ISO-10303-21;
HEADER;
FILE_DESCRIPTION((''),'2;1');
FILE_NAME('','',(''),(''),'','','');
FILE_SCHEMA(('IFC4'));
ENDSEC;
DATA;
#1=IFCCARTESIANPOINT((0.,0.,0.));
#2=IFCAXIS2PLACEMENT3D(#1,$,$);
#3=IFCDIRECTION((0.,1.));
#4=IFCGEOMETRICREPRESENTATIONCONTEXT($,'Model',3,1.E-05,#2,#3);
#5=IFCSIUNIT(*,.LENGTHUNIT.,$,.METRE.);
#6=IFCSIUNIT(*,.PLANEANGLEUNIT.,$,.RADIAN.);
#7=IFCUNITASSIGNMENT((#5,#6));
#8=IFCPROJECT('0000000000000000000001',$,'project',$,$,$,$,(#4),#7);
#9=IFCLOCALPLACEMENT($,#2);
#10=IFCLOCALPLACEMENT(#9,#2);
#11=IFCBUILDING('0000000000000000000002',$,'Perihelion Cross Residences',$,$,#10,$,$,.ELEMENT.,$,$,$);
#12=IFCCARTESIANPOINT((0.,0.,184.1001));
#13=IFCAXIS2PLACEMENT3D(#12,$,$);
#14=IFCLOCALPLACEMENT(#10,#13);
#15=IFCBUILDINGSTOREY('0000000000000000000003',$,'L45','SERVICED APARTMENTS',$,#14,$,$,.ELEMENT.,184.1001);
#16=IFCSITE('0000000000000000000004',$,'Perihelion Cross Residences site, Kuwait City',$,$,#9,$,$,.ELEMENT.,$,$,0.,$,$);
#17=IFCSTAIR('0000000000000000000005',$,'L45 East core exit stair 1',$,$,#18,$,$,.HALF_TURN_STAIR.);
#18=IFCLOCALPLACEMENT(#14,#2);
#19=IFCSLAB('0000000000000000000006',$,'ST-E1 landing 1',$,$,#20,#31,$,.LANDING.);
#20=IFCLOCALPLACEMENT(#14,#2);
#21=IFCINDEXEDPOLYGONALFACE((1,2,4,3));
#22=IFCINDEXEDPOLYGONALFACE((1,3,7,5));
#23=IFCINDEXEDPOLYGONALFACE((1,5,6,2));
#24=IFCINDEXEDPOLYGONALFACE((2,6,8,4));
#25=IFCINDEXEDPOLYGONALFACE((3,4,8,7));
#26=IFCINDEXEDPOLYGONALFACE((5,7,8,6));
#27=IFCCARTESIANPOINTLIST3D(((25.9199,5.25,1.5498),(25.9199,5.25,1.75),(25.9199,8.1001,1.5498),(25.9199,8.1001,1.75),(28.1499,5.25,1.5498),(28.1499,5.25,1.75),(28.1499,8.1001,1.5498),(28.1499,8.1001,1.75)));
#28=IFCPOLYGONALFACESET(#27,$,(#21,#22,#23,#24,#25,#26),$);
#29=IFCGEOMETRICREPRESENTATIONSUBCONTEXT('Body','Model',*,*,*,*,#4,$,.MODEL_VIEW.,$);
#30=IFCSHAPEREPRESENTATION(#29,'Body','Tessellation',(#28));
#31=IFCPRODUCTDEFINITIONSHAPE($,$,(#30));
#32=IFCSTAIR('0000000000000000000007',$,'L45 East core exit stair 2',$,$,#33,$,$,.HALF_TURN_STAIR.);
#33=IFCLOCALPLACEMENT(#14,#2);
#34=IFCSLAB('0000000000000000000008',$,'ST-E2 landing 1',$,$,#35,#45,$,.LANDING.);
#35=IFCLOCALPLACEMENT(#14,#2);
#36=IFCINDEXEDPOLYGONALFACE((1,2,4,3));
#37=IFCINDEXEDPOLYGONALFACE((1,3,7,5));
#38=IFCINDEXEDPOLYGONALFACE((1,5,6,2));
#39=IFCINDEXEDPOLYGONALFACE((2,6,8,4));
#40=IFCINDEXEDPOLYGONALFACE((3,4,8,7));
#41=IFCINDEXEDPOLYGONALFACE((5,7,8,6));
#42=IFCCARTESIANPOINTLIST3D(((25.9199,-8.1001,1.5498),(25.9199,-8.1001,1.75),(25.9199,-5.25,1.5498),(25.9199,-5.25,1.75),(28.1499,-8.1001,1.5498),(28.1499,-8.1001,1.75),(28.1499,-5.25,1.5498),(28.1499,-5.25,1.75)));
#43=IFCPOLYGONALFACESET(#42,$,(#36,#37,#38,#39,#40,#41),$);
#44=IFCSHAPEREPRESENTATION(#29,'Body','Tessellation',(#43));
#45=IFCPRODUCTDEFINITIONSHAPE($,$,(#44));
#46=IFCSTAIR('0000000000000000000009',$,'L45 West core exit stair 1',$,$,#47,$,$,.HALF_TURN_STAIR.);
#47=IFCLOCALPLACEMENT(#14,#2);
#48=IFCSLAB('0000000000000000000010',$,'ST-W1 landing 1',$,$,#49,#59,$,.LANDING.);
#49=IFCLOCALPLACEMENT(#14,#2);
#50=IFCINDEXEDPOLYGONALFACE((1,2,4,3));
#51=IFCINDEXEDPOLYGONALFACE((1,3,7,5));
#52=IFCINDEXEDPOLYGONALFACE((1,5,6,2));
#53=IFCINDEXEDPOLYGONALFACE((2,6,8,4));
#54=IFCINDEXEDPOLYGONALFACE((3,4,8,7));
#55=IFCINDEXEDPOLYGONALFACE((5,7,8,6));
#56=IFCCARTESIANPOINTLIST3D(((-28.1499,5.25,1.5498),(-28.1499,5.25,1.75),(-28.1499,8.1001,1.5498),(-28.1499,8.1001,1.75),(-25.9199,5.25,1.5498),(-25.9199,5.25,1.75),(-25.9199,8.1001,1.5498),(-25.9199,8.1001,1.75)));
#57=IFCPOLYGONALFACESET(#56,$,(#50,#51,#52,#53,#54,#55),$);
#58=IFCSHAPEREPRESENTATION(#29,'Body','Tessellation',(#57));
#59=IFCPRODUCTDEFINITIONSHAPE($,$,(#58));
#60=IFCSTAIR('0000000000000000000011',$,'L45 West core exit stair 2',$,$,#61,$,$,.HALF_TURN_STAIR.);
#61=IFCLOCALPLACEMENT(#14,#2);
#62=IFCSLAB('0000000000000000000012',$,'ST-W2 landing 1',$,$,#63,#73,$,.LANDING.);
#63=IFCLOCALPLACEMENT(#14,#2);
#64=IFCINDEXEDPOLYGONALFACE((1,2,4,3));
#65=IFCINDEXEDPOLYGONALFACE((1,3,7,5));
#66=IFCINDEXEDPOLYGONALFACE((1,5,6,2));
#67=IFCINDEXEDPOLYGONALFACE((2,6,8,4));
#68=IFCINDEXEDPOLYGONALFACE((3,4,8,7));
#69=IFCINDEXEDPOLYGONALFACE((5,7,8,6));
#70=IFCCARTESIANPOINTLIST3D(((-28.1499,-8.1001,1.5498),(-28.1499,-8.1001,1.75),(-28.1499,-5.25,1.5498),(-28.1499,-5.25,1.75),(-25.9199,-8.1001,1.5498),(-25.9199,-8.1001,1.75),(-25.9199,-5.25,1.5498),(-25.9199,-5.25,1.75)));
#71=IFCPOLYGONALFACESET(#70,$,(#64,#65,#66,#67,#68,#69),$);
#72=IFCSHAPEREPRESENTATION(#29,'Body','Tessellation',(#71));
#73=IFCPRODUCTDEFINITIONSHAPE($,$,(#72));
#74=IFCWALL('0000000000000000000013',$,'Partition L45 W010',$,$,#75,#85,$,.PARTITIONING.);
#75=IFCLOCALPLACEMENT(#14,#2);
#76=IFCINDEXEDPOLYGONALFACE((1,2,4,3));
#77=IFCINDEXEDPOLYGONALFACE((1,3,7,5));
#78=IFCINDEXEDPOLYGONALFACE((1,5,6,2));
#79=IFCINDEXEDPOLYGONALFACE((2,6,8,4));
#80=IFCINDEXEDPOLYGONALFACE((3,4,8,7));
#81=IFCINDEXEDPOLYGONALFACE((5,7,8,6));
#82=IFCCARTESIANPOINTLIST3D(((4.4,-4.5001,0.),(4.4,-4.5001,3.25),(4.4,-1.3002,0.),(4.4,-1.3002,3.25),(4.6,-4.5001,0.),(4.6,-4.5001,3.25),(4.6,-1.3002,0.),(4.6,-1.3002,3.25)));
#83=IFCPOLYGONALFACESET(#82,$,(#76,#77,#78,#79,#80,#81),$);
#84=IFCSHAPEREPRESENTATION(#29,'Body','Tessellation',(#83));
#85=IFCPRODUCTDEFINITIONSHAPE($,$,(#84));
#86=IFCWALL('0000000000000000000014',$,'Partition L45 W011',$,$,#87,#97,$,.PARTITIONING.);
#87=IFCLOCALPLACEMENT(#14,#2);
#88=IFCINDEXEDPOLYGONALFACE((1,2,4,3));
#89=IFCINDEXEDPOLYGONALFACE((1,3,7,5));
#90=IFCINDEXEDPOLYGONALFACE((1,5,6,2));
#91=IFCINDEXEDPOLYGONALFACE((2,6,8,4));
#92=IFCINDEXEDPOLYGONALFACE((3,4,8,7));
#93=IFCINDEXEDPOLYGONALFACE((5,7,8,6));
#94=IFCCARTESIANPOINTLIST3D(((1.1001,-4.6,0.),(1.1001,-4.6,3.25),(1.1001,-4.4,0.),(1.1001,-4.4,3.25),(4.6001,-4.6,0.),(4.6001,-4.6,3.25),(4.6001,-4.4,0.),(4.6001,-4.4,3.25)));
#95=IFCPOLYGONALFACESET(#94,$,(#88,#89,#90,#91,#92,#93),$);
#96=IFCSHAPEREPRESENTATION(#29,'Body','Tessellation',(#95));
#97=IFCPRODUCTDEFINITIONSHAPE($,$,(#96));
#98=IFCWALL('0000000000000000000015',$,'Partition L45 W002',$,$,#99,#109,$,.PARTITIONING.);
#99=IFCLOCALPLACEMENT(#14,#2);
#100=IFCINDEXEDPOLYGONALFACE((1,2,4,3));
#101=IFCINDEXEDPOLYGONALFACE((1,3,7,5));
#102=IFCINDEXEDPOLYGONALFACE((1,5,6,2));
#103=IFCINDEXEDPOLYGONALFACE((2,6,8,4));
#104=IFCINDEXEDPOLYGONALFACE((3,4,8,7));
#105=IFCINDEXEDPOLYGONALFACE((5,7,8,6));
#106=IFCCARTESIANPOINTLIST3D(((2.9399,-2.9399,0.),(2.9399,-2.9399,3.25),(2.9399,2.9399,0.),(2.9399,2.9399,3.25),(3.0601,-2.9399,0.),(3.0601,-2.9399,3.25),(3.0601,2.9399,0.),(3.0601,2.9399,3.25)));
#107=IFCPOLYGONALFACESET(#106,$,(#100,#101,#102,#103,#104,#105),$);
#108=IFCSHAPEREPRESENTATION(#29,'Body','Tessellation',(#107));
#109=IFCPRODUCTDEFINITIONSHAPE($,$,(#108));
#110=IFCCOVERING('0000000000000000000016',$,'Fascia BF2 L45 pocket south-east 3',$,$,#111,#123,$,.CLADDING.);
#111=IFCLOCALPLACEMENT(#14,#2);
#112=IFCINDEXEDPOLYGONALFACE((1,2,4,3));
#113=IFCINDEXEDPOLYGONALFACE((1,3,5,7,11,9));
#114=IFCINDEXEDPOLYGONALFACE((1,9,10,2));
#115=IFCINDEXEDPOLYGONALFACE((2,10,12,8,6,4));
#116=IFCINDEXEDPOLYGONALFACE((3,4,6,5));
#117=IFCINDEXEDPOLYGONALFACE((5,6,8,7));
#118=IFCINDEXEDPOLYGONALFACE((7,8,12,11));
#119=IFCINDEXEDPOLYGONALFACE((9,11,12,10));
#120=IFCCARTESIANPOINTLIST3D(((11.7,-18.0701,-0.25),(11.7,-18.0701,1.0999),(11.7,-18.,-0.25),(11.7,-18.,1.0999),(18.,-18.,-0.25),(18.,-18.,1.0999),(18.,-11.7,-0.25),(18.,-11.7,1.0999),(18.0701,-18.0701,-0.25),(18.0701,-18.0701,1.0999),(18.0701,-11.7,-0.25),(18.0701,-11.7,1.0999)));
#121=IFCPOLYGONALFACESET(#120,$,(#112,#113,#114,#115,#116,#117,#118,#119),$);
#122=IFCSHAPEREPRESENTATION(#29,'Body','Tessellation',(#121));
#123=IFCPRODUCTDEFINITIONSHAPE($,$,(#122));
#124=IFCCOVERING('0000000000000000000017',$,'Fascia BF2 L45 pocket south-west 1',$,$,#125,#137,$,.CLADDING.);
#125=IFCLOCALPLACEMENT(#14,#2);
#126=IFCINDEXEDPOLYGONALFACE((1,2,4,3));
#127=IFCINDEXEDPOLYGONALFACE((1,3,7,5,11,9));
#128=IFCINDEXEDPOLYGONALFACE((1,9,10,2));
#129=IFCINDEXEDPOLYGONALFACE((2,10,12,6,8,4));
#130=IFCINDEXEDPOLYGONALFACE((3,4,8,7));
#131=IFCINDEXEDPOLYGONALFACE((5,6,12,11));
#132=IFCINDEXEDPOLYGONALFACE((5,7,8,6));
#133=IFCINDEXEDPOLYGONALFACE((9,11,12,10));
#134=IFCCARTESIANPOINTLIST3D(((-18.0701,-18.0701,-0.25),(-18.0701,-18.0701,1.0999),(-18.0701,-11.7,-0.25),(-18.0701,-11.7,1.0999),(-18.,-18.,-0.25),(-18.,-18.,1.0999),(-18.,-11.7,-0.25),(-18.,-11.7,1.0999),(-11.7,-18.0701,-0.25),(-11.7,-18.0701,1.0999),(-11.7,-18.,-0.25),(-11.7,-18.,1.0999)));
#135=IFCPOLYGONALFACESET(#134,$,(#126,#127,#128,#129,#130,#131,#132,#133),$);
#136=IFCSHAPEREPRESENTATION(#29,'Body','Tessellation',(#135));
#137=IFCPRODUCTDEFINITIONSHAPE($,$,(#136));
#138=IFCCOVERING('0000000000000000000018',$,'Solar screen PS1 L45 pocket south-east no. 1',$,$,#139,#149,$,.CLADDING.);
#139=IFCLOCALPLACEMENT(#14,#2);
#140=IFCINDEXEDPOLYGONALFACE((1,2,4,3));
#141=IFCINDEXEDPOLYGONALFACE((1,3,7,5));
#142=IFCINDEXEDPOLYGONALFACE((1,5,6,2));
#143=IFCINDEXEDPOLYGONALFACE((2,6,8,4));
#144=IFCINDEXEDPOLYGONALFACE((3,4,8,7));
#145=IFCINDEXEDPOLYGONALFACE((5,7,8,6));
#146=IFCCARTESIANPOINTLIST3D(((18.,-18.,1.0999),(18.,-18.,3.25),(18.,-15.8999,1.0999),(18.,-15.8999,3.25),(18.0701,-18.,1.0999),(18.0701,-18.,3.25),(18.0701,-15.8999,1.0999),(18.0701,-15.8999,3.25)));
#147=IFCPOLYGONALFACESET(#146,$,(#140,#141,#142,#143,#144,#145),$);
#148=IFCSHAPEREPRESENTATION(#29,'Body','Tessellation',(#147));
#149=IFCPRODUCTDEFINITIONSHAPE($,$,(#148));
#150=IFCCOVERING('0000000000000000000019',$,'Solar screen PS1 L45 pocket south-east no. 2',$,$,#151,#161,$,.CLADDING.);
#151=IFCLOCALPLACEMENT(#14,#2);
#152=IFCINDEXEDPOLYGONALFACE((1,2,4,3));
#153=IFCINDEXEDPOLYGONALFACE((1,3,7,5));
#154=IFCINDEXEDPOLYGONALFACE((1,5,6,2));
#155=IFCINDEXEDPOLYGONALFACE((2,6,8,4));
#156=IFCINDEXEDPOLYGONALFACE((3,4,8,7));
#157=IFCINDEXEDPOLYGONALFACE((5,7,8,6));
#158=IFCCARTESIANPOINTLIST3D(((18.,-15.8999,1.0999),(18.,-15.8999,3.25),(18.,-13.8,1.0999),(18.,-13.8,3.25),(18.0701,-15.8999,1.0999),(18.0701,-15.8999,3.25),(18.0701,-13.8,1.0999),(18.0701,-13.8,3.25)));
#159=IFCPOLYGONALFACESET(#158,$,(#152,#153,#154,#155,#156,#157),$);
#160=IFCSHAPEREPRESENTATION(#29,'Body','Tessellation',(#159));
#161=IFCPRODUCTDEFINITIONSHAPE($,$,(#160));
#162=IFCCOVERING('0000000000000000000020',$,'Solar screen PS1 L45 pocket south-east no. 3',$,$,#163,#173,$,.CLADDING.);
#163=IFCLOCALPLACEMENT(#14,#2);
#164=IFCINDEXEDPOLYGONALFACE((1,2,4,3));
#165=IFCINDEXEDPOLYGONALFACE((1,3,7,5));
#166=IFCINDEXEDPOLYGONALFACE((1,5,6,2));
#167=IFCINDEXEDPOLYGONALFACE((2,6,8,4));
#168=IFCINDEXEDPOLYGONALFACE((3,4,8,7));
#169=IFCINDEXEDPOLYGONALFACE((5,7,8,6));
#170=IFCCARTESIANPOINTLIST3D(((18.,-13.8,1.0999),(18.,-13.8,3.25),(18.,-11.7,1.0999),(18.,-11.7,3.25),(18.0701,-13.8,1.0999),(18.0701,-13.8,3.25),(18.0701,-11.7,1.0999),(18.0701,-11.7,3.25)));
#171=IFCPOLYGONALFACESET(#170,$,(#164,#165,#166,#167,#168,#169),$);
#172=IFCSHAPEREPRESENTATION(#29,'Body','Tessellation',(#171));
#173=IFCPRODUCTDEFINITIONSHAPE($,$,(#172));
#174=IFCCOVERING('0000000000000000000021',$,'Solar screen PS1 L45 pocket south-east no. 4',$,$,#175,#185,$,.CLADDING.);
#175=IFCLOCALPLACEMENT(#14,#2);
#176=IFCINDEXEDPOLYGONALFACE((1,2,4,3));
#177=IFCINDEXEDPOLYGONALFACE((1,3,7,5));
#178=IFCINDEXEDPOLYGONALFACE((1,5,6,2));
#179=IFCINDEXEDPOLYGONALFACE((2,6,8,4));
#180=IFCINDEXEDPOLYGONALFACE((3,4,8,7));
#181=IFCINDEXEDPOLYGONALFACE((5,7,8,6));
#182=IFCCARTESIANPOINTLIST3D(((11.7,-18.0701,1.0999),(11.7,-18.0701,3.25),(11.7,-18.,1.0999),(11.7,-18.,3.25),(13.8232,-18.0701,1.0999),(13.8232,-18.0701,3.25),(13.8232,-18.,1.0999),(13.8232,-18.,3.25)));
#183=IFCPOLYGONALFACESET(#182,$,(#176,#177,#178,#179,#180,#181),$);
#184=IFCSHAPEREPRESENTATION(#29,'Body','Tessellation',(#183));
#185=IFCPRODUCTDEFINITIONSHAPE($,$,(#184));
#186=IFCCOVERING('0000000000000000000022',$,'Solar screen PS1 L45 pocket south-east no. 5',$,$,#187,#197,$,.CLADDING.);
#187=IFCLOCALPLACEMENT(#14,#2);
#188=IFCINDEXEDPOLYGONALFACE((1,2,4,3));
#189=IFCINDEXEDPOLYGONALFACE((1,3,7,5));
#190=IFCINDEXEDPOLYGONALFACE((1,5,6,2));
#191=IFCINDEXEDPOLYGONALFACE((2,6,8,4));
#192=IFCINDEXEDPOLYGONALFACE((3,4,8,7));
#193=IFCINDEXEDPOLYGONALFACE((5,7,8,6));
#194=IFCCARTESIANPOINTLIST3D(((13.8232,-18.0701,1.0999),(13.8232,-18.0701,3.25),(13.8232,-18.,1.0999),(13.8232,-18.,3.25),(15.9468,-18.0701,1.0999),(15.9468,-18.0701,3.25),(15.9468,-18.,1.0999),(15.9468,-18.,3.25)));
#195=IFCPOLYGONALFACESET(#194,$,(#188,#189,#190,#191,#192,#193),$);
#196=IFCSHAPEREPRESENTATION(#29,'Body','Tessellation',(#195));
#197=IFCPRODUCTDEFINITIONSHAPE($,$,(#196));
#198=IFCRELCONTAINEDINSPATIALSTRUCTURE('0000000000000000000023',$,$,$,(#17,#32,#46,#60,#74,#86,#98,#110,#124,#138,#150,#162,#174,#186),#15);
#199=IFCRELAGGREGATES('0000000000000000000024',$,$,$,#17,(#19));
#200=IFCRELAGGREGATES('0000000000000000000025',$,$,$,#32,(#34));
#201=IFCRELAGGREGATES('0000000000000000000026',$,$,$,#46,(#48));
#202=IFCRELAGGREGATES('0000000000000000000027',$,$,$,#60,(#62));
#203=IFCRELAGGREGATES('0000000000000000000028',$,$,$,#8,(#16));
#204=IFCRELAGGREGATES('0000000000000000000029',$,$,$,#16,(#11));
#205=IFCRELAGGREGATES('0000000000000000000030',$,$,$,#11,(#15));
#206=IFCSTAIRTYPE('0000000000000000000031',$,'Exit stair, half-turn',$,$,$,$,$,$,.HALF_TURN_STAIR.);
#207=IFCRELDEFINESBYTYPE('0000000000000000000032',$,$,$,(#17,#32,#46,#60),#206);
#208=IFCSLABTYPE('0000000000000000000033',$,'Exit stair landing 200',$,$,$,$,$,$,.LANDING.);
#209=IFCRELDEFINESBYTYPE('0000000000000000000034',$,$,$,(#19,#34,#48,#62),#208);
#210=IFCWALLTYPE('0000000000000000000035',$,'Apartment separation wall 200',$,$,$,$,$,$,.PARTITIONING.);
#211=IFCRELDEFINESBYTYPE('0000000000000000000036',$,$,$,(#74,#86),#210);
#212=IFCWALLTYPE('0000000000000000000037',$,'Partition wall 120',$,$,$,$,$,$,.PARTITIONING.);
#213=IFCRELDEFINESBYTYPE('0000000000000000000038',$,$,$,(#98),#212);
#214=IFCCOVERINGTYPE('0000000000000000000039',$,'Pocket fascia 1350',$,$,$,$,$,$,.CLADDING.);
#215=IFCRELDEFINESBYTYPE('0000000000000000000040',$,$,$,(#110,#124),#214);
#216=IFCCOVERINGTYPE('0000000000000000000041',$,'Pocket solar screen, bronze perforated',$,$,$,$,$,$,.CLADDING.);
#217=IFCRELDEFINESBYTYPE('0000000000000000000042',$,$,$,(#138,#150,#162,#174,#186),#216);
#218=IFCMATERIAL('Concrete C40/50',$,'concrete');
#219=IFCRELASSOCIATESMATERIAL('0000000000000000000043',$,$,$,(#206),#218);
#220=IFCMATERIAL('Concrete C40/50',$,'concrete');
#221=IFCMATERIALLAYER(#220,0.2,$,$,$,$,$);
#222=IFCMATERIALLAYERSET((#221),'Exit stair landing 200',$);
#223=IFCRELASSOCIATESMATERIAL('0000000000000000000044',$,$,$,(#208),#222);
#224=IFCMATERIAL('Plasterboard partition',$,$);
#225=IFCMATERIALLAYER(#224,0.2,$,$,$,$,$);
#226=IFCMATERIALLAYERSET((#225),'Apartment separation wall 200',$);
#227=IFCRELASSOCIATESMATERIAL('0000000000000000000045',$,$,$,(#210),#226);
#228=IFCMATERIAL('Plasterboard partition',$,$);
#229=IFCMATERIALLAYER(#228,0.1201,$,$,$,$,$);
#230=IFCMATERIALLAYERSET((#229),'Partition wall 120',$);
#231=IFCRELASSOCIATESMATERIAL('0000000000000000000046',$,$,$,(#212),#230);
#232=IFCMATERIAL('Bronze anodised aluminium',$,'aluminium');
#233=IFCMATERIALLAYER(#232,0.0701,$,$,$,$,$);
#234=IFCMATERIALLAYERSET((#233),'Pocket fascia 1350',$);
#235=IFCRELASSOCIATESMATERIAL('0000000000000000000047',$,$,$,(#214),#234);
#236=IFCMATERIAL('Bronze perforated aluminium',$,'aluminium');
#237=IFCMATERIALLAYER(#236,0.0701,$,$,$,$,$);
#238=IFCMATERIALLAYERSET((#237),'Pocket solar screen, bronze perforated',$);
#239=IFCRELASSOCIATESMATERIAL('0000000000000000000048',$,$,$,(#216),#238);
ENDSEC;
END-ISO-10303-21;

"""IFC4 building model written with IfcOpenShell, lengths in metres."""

from ifc_helpers import new_model, si_unit, direction, frame, frame_2d, origin, place, context, subcontext, project, spatial, polyline, rectangle, outline, extrude, material, layer, layer_set, type_object, element, aggregate, save


model = new_model("IFC4")

# Units and contexts
model_context = context("Model", 3, precision=1e-05, world=origin(), true_north=direction((0.0, 1.0)))
body_context = subcontext(model_context, "Body", "Model", "MODEL_VIEW")
ifc_project = project(units=[si_unit("LENGTHUNIT", "METRE"), si_unit("PLANEANGLEUNIT", "RADIAN")], contexts=[model_context])

# Site, building, storey
site_placement = place(None, origin())
site = spatial("IfcSite", under=ifc_project, at=site_placement, Name="Perihelion Cross Residences site, Kuwait City", CompositionType="ELEMENT", RefElevation=0.0)
building_placement = place(site_placement, origin())
building = spatial("IfcBuilding", under=site, at=building_placement, Name="Perihelion Cross Residences", CompositionType="ELEMENT")
storey_placement = place(building_placement, frame((0.0, 0.0, 184.1001)))
storey = spatial("IfcBuildingStorey", under=building, at=storey_placement, Name="L45", Description="SERVICED APARTMENTS", CompositionType="ELEMENT", Elevation=184.1001)

# Stairs, slabs
ifc_material_1 = material(Name="Concrete C40/50", Category="concrete")
stair_type = type_object("IfcStairType", Name="Exit stair, half-turn", PredefinedType="HALF_TURN_STAIR", material=ifc_material_1)
stair_1_placement = place(storey_placement, origin())
stair_1 = element("IfcStair", 1, at=stair_1_placement, inside=storey, type_object=stair_type, Name="L45 East core exit stair 1", PredefinedType="HALF_TURN_STAIR")
ifc_material_2 = material(Name="Concrete C40/50", Category="concrete")
ifc_layer_1 = layer(ifc_material_2, 0.2)
ifc_layer_set_1 = layer_set([ifc_layer_1], Name="Exit stair landing 200")
slab_type = type_object("IfcSlabType", Name="Exit stair landing 200", PredefinedType="LANDING", material=ifc_layer_set_1)
slab_1_placement = place(storey_placement, frame((0.0, 0.0, 1.5498)))
slab_1 = element("IfcSlab", 2, at=slab_1_placement, type_object=slab_type, Name="ST-E1 landing 1", PredefinedType="LANDING", context=body_context, shape_type="SweptSolid", body=[
    extrude(outline(polyline([(25.9199, 5.25), (28.1499, 5.25), (28.1499, 8.1001), (25.9199, 8.1001), (25.9199, 5.25)])), origin(), (0.0, 0.0, 1.0), 0.2002),
])
aggregate(stair_1, [slab_1])
stair_2_placement = place(storey_placement, origin())
stair_2 = element("IfcStair", 3, at=stair_2_placement, inside=storey, type_object=stair_type, Name="L45 East core exit stair 2", PredefinedType="HALF_TURN_STAIR")
slab_2_placement = place(storey_placement, frame((0.0, 0.0, 1.5498)))
slab_2 = element("IfcSlab", 4, at=slab_2_placement, type_object=slab_type, Name="ST-E2 landing 1", PredefinedType="LANDING", context=body_context, shape_type="SweptSolid", body=[
    extrude(outline(polyline([(25.9199, -8.1001), (28.1499, -8.1001), (28.1499, -5.25), (25.9199, -5.25), (25.9199, -8.1001)])), origin(), (0.0, 0.0, 1.0), 0.2002),
])
aggregate(stair_2, [slab_2])
stair_3_placement = place(storey_placement, origin())
stair_3 = element("IfcStair", 5, at=stair_3_placement, inside=storey, type_object=stair_type, Name="L45 West core exit stair 1", PredefinedType="HALF_TURN_STAIR")
slab_3_placement = place(storey_placement, frame((0.0, 0.0, 1.5498)))
slab_3 = element("IfcSlab", 6, at=slab_3_placement, type_object=slab_type, Name="ST-W1 landing 1", PredefinedType="LANDING", context=body_context, shape_type="SweptSolid", body=[
    extrude(outline(polyline([(-25.9199, 8.1001), (-28.1499, 8.1001), (-28.1499, 5.25), (-25.9199, 5.25), (-25.9199, 8.1001)])), origin(), (0.0, 0.0, 1.0), 0.2002),
])
aggregate(stair_3, [slab_3])
stair_4_placement = place(storey_placement, origin())
stair_4 = element("IfcStair", 7, at=stair_4_placement, inside=storey, type_object=stair_type, Name="L45 West core exit stair 2", PredefinedType="HALF_TURN_STAIR")
slab_4_placement = place(storey_placement, frame((0.0, 0.0, 1.5498)))
slab_4 = element("IfcSlab", 8, at=slab_4_placement, type_object=slab_type, Name="ST-W2 landing 1", PredefinedType="LANDING", context=body_context, shape_type="SweptSolid", body=[
    extrude(outline(polyline([(-25.9199, -5.25), (-28.1499, -5.25), (-28.1499, -8.1001), (-25.9199, -8.1001), (-25.9199, -5.25)])), origin(), (0.0, 0.0, 1.0), 0.2002),
])
aggregate(stair_4, [slab_4])

# Walls
ifc_material_3 = material(Name="Plasterboard partition")
ifc_layer_2 = layer(ifc_material_3, 0.2)
ifc_layer_set_2 = layer_set([ifc_layer_2], Name="Apartment separation wall 200")
wall_type_1 = type_object("IfcWallType", Name="Apartment separation wall 200", PredefinedType="PARTITIONING", material=ifc_layer_set_2)
wall_1_placement = place(storey_placement, frame((4.5, -1.3, 0.0), z_axis=(0.0, 0.0, 1.0), x_axis=(0.0, -1.0, 0.0)))
element("IfcWall", 9, at=wall_1_placement, inside=storey, type_object=wall_type_1, Name="Partition L45 W010", PredefinedType="PARTITIONING", context=body_context, shape_type="SweptSolid", body=[
    extrude(rectangle(XDim=3.2, YDim=0.2, at=frame_2d((1.6001, 0.0))), origin(), (0.0, 0.0, 1.0), 3.25),
])
wall_2_placement = place(storey_placement, frame((4.6001, -4.5, 0.0), z_axis=(0.0, 0.0, 1.0), x_axis=(-1.0, 0.0, 0.0)))
element("IfcWall", 10, at=wall_2_placement, inside=storey, type_object=wall_type_1, Name="Partition L45 W011", PredefinedType="PARTITIONING", context=body_context, shape_type="SweptSolid", body=[
    extrude(rectangle(XDim=3.5, YDim=0.2, at=frame_2d((1.75, 0.0))), origin(), (0.0, 0.0, 1.0), 3.25),
])
ifc_material_4 = material(Name="Plasterboard partition")
ifc_layer_3 = layer(ifc_material_4, 0.1201)
ifc_layer_set_3 = layer_set([ifc_layer_3], Name="Partition wall 120")
wall_type_2 = type_object("IfcWallType", Name="Partition wall 120", PredefinedType="PARTITIONING", material=ifc_layer_set_3)
wall_3_placement = place(storey_placement, frame((3.0, -2.9399, 0.0), z_axis=(0.0, 0.0, 1.0), x_axis=(0.0, 1.0, 0.0)))
element("IfcWall", 11, at=wall_3_placement, inside=storey, type_object=wall_type_2, Name="Partition L45 W002", PredefinedType="PARTITIONING", context=body_context, shape_type="SweptSolid", body=[
    extrude(rectangle(XDim=5.8799, YDim=0.1201, at=frame_2d((2.9399, 0.0))), origin(), (0.0, 0.0, 1.0), 3.25),
])

# Coverings
ifc_material_5 = material(Name="Bronze anodised aluminium", Category="aluminium")
ifc_layer_4 = layer(ifc_material_5, 0.0701)
ifc_layer_set_4 = layer_set([ifc_layer_4], Name="Pocket fascia 1350")
covering_type_1 = type_object("IfcCoveringType", Name="Pocket fascia 1350", PredefinedType="CLADDING", material=ifc_layer_set_4)
covering_1_placement = place(storey_placement, frame((0.0, 0.0, -0.25)))
element("IfcCovering", 12, at=covering_1_placement, inside=storey, type_object=covering_type_1, Name="Fascia BF2 L45 pocket south-east 3", PredefinedType="CLADDING", context=body_context, shape_type="SweptSolid", body=[
    extrude(outline(polyline([(18.0701, -18.0701), (18.0701, -11.7), (18.0, -11.7), (18.0, -18.0), (11.7, -18.0), (11.7, -18.0701), (18.0701, -18.0701)])), origin(), (0.0, 0.0, 1.0), 1.3499),
])
covering_2_placement = place(storey_placement, frame((0.0, 0.0, -0.25)))
element("IfcCovering", 13, at=covering_2_placement, inside=storey, type_object=covering_type_1, Name="Fascia BF2 L45 pocket south-west 1", PredefinedType="CLADDING", context=body_context, shape_type="SweptSolid", body=[
    extrude(outline(polyline([(-18.0701, -11.7), (-18.0701, -18.0701), (-11.7, -18.0701), (-11.7, -18.0), (-18.0, -18.0), (-18.0, -11.7), (-18.0701, -11.7)])), origin(), (0.0, 0.0, 1.0), 1.3499),
])
ifc_material_6 = material(Name="Bronze perforated aluminium", Category="aluminium")
ifc_layer_5 = layer(ifc_material_6, 0.0701)
ifc_layer_set_5 = layer_set([ifc_layer_5], Name="Pocket solar screen, bronze perforated")
covering_type_2 = type_object("IfcCoveringType", Name="Pocket solar screen, bronze perforated", PredefinedType="CLADDING", material=ifc_layer_set_5)
covering_3_placement = place(storey_placement, frame((0.0, 0.0, 1.0999)))
element("IfcCovering", 14, at=covering_3_placement, inside=storey, type_object=covering_type_2, Name="Solar screen PS1 L45 pocket south-east no. 1", PredefinedType="CLADDING", context=body_context, shape_type="SweptSolid", body=[
    extrude(outline(polyline([(18.0701, -18.0), (18.0701, -15.8999), (18.0, -15.8999), (18.0, -18.0), (18.0701, -18.0)])), origin(), (0.0, 0.0, 1.0), 2.1501),
])
covering_4_placement = place(storey_placement, frame((0.0, 0.0, 1.0999)))
element("IfcCovering", 15, at=covering_4_placement, inside=storey, type_object=covering_type_2, Name="Solar screen PS1 L45 pocket south-east no. 2", PredefinedType="CLADDING", context=body_context, shape_type="SweptSolid", body=[
    extrude(outline(polyline([(18.0701, -15.8999), (18.0701, -13.8), (18.0, -13.8), (18.0, -15.8999), (18.0701, -15.8999)])), origin(), (0.0, 0.0, 1.0), 2.1501),
])
covering_5_placement = place(storey_placement, frame((0.0, 0.0, 1.0999)))
element("IfcCovering", 16, at=covering_5_placement, inside=storey, type_object=covering_type_2, Name="Solar screen PS1 L45 pocket south-east no. 3", PredefinedType="CLADDING", context=body_context, shape_type="SweptSolid", body=[
    extrude(outline(polyline([(18.0701, -13.8), (18.0701, -11.7), (18.0, -11.7), (18.0, -13.8), (18.0701, -13.8)])), origin(), (0.0, 0.0, 1.0), 2.1501),
])
covering_6_placement = place(storey_placement, frame((0.0, 0.0, 1.0999)))
element("IfcCovering", 17, at=covering_6_placement, inside=storey, type_object=covering_type_2, Name="Solar screen PS1 L45 pocket south-east no. 4", PredefinedType="CLADDING", context=body_context, shape_type="SweptSolid", body=[
    extrude(outline(polyline([(13.8232, -18.0701), (13.8232, -18.0), (11.7, -18.0), (11.7, -18.0701), (13.8232, -18.0701)])), origin(), (0.0, 0.0, 1.0), 2.1501),
])
covering_7_placement = place(storey_placement, frame((0.0, 0.0, 1.0999)))
element("IfcCovering", 18, at=covering_7_placement, inside=storey, type_object=covering_type_2, Name="Solar screen PS1 L45 pocket south-east no. 5", PredefinedType="CLADDING", context=body_context, shape_type="SweptSolid", body=[
    extrude(outline(polyline([(15.9468, -18.0701), (15.9468, -18.0), (13.8232, -18.0), (13.8232, -18.0701), (15.9468, -18.0701)])), origin(), (0.0, 0.0, 1.0), 2.1501),
])

save(model, "model.ifc")
